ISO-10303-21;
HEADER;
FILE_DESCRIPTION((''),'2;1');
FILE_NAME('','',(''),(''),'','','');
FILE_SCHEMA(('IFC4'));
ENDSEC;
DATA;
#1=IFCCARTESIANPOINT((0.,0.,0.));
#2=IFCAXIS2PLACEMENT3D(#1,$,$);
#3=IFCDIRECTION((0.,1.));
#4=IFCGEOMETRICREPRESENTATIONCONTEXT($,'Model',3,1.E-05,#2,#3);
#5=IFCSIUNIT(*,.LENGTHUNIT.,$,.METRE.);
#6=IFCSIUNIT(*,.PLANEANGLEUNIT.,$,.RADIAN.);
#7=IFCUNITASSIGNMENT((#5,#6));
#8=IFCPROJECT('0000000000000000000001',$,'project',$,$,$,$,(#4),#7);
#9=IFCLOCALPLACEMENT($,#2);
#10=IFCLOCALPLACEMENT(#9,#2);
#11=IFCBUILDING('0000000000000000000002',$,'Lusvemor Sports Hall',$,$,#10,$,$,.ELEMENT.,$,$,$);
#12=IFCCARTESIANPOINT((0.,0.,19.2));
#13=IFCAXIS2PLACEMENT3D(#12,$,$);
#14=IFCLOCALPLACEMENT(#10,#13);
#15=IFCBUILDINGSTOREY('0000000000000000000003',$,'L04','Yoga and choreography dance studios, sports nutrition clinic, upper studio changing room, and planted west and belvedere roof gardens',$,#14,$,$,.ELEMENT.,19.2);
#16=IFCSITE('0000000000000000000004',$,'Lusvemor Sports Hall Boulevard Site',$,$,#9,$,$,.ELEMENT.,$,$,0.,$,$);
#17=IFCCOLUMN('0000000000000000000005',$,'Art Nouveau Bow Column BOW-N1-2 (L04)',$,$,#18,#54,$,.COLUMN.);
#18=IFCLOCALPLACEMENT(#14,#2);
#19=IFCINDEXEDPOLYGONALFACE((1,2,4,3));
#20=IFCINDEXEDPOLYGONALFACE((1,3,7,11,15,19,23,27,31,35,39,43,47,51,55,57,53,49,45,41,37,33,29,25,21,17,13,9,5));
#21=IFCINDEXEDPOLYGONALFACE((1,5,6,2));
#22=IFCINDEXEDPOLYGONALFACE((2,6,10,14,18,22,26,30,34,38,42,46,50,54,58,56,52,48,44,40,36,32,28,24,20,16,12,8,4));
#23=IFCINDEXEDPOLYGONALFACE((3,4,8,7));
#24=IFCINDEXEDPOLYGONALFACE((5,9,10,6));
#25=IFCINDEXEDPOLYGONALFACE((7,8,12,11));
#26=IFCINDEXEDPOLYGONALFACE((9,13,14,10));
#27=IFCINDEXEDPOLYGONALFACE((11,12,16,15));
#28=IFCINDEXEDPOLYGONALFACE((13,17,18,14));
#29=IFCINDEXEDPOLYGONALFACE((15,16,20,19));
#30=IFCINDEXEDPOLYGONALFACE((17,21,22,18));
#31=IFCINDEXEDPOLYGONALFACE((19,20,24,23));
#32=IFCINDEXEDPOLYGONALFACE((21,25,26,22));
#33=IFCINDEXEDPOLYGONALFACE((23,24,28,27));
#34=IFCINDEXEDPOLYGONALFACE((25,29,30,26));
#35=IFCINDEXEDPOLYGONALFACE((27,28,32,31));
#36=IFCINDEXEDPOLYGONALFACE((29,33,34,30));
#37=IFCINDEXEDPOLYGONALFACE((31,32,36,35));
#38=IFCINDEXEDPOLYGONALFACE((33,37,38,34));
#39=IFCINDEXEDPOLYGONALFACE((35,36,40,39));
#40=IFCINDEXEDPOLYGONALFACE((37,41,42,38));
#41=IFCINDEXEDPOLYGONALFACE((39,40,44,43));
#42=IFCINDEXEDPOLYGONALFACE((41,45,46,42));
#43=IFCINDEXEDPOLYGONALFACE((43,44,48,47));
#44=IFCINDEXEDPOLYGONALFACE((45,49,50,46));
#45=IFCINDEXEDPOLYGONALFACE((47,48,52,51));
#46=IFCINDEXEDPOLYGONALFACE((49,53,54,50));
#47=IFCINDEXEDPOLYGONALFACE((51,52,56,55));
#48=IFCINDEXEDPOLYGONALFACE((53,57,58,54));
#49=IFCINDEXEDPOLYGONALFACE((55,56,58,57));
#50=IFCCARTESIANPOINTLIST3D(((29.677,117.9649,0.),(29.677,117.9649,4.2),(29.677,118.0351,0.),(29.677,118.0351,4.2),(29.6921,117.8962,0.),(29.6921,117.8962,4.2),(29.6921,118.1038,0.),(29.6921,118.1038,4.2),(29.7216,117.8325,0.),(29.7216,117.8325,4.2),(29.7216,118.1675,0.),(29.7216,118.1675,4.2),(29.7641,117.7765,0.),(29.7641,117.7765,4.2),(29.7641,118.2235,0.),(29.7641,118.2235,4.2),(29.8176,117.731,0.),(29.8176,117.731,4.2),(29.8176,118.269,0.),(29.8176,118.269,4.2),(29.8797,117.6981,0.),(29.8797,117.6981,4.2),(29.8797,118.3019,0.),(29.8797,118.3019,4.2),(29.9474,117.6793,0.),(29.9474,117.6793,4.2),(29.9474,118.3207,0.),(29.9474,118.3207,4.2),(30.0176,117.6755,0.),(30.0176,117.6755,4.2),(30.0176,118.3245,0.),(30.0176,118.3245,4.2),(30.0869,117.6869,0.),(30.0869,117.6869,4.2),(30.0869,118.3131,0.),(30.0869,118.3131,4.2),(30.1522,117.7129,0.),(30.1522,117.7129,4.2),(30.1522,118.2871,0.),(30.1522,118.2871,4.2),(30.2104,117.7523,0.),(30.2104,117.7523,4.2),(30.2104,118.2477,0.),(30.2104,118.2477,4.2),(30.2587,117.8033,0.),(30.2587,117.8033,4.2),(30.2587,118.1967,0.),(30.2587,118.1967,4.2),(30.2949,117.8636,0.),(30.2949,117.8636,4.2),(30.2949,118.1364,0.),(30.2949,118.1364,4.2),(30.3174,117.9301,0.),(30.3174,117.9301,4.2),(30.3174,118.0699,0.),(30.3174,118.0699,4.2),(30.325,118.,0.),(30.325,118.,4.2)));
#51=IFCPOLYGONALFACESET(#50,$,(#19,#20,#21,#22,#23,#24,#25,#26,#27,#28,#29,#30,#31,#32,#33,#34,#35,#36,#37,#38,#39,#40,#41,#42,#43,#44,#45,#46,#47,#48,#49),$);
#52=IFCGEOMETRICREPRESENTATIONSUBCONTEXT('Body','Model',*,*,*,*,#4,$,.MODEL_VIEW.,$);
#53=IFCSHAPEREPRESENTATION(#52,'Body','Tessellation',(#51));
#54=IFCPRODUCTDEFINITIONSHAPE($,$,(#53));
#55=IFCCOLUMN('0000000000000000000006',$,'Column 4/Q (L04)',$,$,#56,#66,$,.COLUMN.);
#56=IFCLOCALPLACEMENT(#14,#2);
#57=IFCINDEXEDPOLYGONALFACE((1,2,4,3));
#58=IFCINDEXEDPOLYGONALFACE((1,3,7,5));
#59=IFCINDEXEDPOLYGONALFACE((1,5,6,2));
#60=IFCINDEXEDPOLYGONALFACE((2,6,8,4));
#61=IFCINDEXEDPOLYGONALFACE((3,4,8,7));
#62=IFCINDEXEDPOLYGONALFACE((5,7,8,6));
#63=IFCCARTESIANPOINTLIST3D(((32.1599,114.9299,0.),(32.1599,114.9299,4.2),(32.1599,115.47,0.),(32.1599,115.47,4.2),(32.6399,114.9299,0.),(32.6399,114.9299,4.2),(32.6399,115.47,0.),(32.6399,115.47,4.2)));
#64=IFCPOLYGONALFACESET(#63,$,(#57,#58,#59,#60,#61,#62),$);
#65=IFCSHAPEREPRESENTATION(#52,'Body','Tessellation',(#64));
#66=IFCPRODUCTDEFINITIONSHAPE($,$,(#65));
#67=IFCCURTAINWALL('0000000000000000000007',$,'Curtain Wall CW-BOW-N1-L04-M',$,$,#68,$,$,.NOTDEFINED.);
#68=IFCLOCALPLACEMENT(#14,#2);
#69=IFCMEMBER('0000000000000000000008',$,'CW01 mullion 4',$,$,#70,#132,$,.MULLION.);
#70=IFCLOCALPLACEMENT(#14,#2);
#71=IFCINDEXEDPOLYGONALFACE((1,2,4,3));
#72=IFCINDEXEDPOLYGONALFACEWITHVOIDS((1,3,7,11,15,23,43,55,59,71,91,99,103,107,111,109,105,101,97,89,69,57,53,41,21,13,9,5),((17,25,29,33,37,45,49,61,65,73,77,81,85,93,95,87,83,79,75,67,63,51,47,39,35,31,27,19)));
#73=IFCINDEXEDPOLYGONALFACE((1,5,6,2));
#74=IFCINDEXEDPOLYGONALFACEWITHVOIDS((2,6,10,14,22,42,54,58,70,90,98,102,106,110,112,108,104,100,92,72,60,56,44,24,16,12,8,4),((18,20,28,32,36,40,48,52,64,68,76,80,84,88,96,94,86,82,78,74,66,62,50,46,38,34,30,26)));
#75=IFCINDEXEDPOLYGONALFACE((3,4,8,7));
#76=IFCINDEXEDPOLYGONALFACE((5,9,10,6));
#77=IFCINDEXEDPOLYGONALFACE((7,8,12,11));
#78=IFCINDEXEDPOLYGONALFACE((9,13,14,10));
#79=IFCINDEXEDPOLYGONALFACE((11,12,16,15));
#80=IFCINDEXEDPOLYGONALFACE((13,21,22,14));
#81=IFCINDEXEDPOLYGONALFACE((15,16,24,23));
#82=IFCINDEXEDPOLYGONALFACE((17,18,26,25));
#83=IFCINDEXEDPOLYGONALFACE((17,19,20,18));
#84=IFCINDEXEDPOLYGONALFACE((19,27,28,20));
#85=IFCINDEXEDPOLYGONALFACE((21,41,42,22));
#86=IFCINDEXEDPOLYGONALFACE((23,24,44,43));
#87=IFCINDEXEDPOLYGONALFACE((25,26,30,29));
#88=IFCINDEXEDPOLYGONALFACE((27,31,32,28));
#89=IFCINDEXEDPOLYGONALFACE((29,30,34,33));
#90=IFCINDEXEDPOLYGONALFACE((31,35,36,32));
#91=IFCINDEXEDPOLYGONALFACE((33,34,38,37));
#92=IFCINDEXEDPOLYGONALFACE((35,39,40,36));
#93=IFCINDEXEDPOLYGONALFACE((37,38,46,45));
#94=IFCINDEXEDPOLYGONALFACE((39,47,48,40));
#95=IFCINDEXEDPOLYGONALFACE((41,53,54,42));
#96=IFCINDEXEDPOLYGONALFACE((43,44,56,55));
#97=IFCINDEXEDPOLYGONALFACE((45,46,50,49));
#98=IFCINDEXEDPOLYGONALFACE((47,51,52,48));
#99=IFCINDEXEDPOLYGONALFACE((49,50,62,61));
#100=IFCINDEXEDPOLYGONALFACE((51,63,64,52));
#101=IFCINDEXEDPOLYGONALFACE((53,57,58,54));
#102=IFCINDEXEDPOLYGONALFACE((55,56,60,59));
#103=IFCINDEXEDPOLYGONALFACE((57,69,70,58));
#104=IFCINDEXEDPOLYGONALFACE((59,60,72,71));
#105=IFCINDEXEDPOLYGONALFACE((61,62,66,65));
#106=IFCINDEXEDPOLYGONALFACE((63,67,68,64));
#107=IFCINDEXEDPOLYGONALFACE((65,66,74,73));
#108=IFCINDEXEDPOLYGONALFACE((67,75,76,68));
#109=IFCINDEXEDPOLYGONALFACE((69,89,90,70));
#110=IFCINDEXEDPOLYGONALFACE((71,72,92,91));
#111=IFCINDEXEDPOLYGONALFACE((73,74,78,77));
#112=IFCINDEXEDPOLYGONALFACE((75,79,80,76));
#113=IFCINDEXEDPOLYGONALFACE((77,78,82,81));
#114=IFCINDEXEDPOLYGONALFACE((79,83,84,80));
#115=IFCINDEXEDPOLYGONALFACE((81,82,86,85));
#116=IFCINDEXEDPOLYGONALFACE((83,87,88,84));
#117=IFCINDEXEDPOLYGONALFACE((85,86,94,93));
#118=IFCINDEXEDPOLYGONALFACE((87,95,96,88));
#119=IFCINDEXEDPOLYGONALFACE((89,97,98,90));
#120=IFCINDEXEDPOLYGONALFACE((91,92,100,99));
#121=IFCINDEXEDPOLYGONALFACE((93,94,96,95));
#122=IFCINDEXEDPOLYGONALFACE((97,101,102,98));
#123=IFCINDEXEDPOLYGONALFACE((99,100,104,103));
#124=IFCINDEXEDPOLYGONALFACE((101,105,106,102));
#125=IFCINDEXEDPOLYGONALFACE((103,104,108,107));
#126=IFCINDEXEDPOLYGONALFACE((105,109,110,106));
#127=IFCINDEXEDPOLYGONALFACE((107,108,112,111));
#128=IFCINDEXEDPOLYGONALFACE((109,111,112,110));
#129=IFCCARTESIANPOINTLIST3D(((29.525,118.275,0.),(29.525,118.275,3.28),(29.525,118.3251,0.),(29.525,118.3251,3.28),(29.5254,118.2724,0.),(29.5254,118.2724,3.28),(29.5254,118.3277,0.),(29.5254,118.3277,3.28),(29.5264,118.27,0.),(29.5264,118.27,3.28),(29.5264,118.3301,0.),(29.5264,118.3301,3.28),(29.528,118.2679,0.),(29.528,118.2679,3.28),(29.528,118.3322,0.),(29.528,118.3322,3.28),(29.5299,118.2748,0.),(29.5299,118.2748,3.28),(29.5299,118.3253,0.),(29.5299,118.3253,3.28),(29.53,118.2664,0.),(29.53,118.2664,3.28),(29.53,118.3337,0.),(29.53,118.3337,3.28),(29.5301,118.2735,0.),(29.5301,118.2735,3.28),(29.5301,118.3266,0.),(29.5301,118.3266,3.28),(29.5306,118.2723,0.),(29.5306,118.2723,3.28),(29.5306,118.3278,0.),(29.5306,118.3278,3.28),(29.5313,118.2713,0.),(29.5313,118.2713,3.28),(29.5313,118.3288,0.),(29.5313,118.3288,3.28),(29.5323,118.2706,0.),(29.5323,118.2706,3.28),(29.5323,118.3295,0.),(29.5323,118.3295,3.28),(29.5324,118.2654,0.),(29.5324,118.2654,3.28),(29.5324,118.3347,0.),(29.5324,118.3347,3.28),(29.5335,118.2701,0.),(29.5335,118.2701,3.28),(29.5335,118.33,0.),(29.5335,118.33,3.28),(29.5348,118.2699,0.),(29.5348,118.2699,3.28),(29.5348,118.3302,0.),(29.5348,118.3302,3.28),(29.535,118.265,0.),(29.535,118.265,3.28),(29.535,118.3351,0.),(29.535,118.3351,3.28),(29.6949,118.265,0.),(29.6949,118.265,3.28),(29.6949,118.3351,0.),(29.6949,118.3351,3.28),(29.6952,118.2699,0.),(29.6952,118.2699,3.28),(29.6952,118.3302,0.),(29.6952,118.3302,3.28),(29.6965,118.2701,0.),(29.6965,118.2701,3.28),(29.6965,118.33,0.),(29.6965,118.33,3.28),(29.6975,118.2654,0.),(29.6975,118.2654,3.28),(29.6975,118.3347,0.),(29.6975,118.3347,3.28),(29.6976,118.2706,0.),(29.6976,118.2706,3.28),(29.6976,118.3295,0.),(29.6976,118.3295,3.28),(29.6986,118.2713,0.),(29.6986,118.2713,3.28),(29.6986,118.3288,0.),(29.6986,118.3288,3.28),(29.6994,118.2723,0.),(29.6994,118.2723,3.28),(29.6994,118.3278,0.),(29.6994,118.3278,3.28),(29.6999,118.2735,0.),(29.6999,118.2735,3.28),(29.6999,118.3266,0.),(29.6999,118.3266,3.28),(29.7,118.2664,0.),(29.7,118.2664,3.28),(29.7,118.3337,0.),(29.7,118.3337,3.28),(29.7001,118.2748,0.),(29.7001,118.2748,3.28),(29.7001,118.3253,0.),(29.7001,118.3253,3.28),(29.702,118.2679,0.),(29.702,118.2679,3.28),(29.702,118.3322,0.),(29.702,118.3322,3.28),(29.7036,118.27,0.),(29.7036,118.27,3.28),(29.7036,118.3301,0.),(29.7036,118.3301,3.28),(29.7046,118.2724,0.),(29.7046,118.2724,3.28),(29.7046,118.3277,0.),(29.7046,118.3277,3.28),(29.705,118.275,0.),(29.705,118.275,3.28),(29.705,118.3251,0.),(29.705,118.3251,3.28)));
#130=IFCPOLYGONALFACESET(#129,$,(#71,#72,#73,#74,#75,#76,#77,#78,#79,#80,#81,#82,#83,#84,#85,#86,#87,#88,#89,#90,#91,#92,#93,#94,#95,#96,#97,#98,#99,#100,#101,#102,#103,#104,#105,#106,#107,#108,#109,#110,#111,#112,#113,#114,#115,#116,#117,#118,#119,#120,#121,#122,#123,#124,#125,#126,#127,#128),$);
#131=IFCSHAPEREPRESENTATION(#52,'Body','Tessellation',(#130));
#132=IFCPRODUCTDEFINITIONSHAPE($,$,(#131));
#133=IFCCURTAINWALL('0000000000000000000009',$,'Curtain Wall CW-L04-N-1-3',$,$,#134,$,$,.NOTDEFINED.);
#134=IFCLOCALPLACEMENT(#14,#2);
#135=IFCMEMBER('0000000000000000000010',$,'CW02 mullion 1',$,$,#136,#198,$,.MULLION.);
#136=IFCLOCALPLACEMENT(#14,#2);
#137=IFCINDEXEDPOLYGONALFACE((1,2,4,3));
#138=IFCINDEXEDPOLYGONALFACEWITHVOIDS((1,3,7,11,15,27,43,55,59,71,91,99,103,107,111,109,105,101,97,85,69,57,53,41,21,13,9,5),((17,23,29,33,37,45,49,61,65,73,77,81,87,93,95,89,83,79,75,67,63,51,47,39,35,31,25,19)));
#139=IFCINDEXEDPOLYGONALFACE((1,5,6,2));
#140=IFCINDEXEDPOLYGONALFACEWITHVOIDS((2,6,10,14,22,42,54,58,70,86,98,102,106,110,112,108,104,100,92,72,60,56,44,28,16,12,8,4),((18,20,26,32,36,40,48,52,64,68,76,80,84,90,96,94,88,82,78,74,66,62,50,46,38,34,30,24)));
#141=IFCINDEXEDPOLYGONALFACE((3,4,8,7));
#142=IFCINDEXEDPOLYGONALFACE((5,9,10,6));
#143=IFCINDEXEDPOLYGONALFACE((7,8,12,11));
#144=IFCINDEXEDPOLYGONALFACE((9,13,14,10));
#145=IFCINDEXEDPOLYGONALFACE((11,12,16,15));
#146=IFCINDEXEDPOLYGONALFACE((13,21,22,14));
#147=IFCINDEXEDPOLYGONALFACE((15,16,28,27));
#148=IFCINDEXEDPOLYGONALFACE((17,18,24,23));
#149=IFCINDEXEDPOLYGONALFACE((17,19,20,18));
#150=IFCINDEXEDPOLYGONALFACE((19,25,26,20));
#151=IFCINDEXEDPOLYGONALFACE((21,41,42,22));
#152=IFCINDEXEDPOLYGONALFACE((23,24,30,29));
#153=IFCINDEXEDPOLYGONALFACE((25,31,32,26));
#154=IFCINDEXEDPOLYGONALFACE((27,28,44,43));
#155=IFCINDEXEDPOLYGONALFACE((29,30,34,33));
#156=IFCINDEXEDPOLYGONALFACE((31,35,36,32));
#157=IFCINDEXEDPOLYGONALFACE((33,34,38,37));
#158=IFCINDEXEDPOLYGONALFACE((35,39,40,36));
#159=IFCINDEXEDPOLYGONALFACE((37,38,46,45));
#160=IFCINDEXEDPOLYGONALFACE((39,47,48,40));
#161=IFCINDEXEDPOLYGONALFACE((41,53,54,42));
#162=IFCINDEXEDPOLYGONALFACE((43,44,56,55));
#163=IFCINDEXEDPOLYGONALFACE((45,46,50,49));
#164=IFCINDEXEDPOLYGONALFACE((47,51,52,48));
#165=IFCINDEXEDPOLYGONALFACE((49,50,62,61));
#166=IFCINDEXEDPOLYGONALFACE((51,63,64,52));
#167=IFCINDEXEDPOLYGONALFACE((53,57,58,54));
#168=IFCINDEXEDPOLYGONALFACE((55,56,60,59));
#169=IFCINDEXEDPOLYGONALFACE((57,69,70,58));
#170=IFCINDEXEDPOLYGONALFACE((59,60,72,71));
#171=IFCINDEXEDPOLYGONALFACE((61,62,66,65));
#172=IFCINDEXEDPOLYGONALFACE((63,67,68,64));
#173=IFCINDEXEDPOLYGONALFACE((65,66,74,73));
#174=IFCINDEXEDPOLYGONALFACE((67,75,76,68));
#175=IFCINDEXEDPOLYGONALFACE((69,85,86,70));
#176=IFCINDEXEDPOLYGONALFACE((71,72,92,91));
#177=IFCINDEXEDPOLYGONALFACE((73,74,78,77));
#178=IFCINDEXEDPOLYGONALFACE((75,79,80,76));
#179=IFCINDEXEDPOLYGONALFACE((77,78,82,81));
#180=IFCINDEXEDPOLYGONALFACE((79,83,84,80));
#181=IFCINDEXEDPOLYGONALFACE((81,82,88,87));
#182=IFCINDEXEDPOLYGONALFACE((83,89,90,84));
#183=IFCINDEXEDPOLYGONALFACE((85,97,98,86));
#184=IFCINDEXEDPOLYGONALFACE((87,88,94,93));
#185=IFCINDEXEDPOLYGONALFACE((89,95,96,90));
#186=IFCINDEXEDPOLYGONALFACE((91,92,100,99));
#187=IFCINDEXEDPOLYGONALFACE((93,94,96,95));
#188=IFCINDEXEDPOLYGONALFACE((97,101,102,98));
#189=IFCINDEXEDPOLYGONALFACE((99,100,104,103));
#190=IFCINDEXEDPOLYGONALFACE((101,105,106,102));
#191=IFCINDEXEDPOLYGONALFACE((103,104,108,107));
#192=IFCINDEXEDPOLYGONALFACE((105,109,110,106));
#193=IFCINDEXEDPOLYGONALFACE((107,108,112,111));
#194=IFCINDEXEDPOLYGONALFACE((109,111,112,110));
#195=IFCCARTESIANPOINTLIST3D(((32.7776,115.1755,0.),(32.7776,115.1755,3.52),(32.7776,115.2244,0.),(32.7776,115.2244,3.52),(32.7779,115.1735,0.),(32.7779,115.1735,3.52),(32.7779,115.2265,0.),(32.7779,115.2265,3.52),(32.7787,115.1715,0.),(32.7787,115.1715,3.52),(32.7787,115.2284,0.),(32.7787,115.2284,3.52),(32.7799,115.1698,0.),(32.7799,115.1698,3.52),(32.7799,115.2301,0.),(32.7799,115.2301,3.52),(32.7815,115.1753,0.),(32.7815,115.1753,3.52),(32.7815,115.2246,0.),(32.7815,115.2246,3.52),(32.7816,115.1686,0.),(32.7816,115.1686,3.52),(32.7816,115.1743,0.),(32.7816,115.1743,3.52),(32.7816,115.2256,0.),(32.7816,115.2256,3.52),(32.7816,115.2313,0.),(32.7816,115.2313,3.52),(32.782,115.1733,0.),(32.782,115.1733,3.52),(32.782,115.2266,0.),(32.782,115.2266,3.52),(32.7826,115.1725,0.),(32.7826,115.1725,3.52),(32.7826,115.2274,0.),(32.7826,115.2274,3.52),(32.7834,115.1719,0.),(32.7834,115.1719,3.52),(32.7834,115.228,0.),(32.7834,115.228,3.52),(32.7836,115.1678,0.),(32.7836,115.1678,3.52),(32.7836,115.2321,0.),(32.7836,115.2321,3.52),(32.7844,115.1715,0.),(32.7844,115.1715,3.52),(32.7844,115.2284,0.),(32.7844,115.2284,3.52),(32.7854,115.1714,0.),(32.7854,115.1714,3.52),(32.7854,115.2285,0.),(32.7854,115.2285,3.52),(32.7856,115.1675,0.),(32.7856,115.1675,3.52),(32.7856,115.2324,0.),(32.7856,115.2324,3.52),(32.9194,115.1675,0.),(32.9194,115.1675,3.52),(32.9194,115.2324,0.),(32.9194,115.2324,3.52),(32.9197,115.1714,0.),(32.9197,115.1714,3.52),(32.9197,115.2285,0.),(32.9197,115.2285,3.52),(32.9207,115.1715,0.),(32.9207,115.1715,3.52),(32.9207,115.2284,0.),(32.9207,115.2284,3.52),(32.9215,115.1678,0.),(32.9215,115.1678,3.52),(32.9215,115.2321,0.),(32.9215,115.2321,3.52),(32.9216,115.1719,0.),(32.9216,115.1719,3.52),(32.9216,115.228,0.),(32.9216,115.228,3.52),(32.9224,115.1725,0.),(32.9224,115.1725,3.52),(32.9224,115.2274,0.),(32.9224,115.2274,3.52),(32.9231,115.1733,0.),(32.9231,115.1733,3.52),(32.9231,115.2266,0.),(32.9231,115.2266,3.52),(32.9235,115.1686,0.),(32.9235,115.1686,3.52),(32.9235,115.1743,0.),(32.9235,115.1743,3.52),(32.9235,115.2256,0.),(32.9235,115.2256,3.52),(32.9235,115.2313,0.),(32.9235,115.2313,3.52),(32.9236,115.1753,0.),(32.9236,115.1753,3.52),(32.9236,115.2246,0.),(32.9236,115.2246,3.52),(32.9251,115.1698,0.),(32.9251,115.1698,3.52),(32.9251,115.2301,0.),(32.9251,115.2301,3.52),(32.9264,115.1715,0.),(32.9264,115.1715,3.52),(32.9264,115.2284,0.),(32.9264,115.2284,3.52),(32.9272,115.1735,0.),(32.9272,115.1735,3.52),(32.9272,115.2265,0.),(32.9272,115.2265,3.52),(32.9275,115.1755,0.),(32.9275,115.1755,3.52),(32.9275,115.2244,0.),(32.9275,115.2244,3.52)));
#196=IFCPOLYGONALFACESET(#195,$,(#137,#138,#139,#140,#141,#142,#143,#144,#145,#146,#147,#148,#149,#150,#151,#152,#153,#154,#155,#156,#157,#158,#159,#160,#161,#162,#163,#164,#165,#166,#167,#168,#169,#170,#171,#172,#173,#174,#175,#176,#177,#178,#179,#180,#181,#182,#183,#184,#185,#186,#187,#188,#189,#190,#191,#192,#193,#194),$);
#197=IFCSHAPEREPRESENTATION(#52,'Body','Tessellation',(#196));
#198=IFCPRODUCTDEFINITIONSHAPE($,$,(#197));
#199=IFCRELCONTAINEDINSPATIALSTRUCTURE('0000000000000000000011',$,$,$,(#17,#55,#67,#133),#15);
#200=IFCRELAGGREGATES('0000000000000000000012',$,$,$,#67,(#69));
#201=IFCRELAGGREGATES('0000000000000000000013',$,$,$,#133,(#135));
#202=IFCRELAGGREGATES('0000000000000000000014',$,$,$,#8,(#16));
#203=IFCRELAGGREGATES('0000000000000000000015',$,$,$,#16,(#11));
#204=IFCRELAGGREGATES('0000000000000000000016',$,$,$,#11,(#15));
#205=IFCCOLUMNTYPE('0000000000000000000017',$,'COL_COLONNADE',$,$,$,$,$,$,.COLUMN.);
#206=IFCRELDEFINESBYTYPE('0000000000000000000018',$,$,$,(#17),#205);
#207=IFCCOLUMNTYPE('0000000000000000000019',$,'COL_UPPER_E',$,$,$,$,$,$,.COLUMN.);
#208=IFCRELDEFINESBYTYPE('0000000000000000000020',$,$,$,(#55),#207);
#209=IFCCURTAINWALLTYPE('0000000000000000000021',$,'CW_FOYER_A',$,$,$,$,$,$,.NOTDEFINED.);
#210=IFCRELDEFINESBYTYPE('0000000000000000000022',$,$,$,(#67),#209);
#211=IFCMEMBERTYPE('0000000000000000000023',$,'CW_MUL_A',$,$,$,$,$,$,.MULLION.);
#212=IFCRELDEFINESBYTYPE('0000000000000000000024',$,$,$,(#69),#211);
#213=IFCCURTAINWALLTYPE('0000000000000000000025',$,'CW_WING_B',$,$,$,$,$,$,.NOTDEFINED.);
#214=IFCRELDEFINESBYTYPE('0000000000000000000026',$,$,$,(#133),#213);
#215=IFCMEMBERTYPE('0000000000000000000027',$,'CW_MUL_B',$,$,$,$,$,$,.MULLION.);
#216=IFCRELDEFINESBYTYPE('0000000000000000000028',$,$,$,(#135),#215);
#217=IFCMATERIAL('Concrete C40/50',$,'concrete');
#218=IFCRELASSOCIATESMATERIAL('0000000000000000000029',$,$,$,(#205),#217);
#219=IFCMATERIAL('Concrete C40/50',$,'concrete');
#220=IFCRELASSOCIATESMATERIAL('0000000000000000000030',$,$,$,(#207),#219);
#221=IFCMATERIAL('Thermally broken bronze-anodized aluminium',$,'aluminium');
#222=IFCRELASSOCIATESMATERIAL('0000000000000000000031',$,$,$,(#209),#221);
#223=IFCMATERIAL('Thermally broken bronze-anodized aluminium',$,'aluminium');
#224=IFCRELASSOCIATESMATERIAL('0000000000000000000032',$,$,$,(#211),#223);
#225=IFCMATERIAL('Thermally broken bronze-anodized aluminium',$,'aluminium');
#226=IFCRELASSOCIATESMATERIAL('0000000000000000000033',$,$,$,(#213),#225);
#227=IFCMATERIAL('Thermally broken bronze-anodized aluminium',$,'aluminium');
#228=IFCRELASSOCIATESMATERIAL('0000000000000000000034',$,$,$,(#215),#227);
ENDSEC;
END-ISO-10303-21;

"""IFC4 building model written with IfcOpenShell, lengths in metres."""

from ifc_helpers import new_model, si_unit, direction, frame, origin, origin_2d, place, context, subcontext, project, spatial, rectangle, hollow_rectangle, circle, extrude, material, material_profile, profile_set, type_object, element, aggregate, save


model = new_model("IFC4")

# Units and contexts
model_context = context("Model", 3, precision=1e-05, world=origin(), true_north=direction((0.0, 1.0)))
body_context = subcontext(model_context, "Body", "Model", "MODEL_VIEW")
ifc_project = project(units=[si_unit("LENGTHUNIT", "METRE"), si_unit("PLANEANGLEUNIT", "RADIAN")], contexts=[model_context])

# Site, building, storey
site_placement = place(None, origin())
site = spatial("IfcSite", under=ifc_project, at=site_placement, Name="Lusvemor Sports Hall Boulevard Site", CompositionType="ELEMENT", RefElevation=0.0)
building_placement = place(site_placement, origin())
building = spatial("IfcBuilding", under=site, at=building_placement, Name="Lusvemor Sports Hall", CompositionType="ELEMENT")
storey_placement = place(building_placement, frame((0.0, 0.0, 19.2)))
storey = spatial("IfcBuildingStorey", under=building, at=storey_placement, Name="L04", Description="Yoga and choreography dance studios, sports nutrition clinic, upper studio changing room, and planted west and belvedere roof gardens", CompositionType="ELEMENT", Elevation=19.2)

# Columns
ifc_material_1 = material(Name="Concrete C40/50", Category="concrete")
ifc_material_profile_1 = material_profile(ifc_material_1, circle(Radius=0.325, at=origin_2d()), Name="RCCIRC650")
ifc_profile_set_1 = profile_set([ifc_material_profile_1], Name="Concrete C40/50")
column_type_1 = type_object("IfcColumnType", Name="COL_COLONNADE", PredefinedType="COLUMN", material=ifc_profile_set_1)
column_1_placement = place(storey_placement, frame((30.0, 118.0, 0.0), z_axis=(0.0, 0.0, 1.0), x_axis=(1.0, 0.0, 0.0)))
element("IfcColumn", 1, at=column_1_placement, inside=storey, type_object=column_type_1, Name="Art Nouveau Bow Column BOW-N1-2 (L04)", PredefinedType="COLUMN", context=body_context, shape_type="SweptSolid", body=[
    extrude(circle(Radius=0.325, at=origin_2d()), origin(), (0.0, 0.0, 1.0), 4.2),
])
ifc_material_2 = material(Name="Concrete C40/50", Category="concrete")
ifc_material_profile_2 = material_profile(ifc_material_2, rectangle(XDim=0.48, YDim=0.54, at=origin_2d()), Name="RC480x540")
ifc_profile_set_2 = profile_set([ifc_material_profile_2], Name="Concrete C40/50")
column_type_2 = type_object("IfcColumnType", Name="COL_UPPER_E", PredefinedType="COLUMN", material=ifc_profile_set_2)
column_2_placement = place(storey_placement, frame((32.3999, 115.2, 0.0), z_axis=(0.0, 0.0, 1.0), x_axis=(1.0, 0.0, 0.0)))
element("IfcColumn", 2, at=column_2_placement, inside=storey, type_object=column_type_2, Name="Column 4/Q (L04)", PredefinedType="COLUMN", context=body_context, shape_type="SweptSolid", body=[
    extrude(rectangle(XDim=0.48, YDim=0.54, at=origin_2d()), origin(), (0.0, 0.0, 1.0), 4.2),
])

# Curtain wall, member
ifc_material_3 = material(Name="Thermally broken bronze-anodized aluminium", Category="aluminium")
curtain_wall_type_1 = type_object("IfcCurtainWallType", Name="CW_FOYER_A", PredefinedType="NOTDEFINED", material=ifc_material_3)
curtain_wall_1_placement = place(storey_placement, origin())
curtain_wall_1 = element("IfcCurtainWall", 3, at=curtain_wall_1_placement, inside=storey, type_object=curtain_wall_type_1, Name="Curtain Wall CW-BOW-N1-L04-M", PredefinedType="NOTDEFINED")
ifc_material_4 = material(Name="Thermally broken bronze-anodized aluminium", Category="aluminium")
ifc_material_profile_3 = material_profile(ifc_material_4, hollow_rectangle(XDim=0.0701, YDim=0.1799, WallThickness=0.0049, InnerFilletRadius=0.0049, OuterFilletRadius=0.01, at=origin_2d()), Name="CWMUL180x70x5")
ifc_profile_set_3 = profile_set([ifc_material_profile_3], Name="Thermally broken bronze-anodized aluminium")
member_type_1 = type_object("IfcMemberType", Name="CW_MUL_A", PredefinedType="MULLION", material=ifc_profile_set_3)
member_1_placement = place(storey_placement, frame((29.615, 118.3, 0.0), z_axis=(0.0, 0.0, 1.0), x_axis=(0.0, 1.0, 0.0)))
member_1 = element("IfcMember", 4, at=member_1_placement, type_object=member_type_1, Name="CW01 mullion 4", PredefinedType="MULLION", context=body_context, shape_type="SweptSolid", body=[
    extrude(hollow_rectangle(XDim=0.0701, YDim=0.1799, WallThickness=0.0049, InnerFilletRadius=0.0049, OuterFilletRadius=0.01, at=origin_2d()), origin(), (0.0, 0.0, 1.0), 3.28),
])
aggregate(curtain_wall_1, [member_1])

# Curtain wall, member
ifc_material_5 = material(Name="Thermally broken bronze-anodized aluminium", Category="aluminium")
curtain_wall_type_2 = type_object("IfcCurtainWallType", Name="CW_WING_B", PredefinedType="NOTDEFINED", material=ifc_material_5)
curtain_wall_2_placement = place(storey_placement, origin())
curtain_wall_2 = element("IfcCurtainWall", 5, at=curtain_wall_2_placement, inside=storey, type_object=curtain_wall_type_2, Name="Curtain Wall CW-L04-N-1-3", PredefinedType="NOTDEFINED")
ifc_material_6 = material(Name="Thermally broken bronze-anodized aluminium", Category="aluminium")
ifc_material_profile_4 = material_profile(ifc_material_6, hollow_rectangle(XDim=0.0649, YDim=0.1499, WallThickness=0.0039, InnerFilletRadius=0.0039, OuterFilletRadius=0.0081, at=origin_2d()), Name="CWMUL150x65x4")
ifc_profile_set_4 = profile_set([ifc_material_profile_4], Name="Thermally broken bronze-anodized aluminium")
member_type_2 = type_object("IfcMemberType", Name="CW_MUL_B", PredefinedType="MULLION", material=ifc_profile_set_4)
member_2_placement = place(storey_placement, frame((32.8525, 115.2, 0.0), z_axis=(0.0, 0.0, 1.0), x_axis=(0.0, 1.0, 0.0)))
member_2 = element("IfcMember", 6, at=member_2_placement, type_object=member_type_2, Name="CW02 mullion 1", PredefinedType="MULLION", context=body_context, shape_type="SweptSolid", body=[
    extrude(hollow_rectangle(XDim=0.0649, YDim=0.1499, WallThickness=0.0039, InnerFilletRadius=0.0039, OuterFilletRadius=0.0081, at=origin_2d()), origin(), (0.0, 0.0, 1.0), 3.52),
])

aggregate(curtain_wall_2, [member_2])

save(model, "model.ifc")
